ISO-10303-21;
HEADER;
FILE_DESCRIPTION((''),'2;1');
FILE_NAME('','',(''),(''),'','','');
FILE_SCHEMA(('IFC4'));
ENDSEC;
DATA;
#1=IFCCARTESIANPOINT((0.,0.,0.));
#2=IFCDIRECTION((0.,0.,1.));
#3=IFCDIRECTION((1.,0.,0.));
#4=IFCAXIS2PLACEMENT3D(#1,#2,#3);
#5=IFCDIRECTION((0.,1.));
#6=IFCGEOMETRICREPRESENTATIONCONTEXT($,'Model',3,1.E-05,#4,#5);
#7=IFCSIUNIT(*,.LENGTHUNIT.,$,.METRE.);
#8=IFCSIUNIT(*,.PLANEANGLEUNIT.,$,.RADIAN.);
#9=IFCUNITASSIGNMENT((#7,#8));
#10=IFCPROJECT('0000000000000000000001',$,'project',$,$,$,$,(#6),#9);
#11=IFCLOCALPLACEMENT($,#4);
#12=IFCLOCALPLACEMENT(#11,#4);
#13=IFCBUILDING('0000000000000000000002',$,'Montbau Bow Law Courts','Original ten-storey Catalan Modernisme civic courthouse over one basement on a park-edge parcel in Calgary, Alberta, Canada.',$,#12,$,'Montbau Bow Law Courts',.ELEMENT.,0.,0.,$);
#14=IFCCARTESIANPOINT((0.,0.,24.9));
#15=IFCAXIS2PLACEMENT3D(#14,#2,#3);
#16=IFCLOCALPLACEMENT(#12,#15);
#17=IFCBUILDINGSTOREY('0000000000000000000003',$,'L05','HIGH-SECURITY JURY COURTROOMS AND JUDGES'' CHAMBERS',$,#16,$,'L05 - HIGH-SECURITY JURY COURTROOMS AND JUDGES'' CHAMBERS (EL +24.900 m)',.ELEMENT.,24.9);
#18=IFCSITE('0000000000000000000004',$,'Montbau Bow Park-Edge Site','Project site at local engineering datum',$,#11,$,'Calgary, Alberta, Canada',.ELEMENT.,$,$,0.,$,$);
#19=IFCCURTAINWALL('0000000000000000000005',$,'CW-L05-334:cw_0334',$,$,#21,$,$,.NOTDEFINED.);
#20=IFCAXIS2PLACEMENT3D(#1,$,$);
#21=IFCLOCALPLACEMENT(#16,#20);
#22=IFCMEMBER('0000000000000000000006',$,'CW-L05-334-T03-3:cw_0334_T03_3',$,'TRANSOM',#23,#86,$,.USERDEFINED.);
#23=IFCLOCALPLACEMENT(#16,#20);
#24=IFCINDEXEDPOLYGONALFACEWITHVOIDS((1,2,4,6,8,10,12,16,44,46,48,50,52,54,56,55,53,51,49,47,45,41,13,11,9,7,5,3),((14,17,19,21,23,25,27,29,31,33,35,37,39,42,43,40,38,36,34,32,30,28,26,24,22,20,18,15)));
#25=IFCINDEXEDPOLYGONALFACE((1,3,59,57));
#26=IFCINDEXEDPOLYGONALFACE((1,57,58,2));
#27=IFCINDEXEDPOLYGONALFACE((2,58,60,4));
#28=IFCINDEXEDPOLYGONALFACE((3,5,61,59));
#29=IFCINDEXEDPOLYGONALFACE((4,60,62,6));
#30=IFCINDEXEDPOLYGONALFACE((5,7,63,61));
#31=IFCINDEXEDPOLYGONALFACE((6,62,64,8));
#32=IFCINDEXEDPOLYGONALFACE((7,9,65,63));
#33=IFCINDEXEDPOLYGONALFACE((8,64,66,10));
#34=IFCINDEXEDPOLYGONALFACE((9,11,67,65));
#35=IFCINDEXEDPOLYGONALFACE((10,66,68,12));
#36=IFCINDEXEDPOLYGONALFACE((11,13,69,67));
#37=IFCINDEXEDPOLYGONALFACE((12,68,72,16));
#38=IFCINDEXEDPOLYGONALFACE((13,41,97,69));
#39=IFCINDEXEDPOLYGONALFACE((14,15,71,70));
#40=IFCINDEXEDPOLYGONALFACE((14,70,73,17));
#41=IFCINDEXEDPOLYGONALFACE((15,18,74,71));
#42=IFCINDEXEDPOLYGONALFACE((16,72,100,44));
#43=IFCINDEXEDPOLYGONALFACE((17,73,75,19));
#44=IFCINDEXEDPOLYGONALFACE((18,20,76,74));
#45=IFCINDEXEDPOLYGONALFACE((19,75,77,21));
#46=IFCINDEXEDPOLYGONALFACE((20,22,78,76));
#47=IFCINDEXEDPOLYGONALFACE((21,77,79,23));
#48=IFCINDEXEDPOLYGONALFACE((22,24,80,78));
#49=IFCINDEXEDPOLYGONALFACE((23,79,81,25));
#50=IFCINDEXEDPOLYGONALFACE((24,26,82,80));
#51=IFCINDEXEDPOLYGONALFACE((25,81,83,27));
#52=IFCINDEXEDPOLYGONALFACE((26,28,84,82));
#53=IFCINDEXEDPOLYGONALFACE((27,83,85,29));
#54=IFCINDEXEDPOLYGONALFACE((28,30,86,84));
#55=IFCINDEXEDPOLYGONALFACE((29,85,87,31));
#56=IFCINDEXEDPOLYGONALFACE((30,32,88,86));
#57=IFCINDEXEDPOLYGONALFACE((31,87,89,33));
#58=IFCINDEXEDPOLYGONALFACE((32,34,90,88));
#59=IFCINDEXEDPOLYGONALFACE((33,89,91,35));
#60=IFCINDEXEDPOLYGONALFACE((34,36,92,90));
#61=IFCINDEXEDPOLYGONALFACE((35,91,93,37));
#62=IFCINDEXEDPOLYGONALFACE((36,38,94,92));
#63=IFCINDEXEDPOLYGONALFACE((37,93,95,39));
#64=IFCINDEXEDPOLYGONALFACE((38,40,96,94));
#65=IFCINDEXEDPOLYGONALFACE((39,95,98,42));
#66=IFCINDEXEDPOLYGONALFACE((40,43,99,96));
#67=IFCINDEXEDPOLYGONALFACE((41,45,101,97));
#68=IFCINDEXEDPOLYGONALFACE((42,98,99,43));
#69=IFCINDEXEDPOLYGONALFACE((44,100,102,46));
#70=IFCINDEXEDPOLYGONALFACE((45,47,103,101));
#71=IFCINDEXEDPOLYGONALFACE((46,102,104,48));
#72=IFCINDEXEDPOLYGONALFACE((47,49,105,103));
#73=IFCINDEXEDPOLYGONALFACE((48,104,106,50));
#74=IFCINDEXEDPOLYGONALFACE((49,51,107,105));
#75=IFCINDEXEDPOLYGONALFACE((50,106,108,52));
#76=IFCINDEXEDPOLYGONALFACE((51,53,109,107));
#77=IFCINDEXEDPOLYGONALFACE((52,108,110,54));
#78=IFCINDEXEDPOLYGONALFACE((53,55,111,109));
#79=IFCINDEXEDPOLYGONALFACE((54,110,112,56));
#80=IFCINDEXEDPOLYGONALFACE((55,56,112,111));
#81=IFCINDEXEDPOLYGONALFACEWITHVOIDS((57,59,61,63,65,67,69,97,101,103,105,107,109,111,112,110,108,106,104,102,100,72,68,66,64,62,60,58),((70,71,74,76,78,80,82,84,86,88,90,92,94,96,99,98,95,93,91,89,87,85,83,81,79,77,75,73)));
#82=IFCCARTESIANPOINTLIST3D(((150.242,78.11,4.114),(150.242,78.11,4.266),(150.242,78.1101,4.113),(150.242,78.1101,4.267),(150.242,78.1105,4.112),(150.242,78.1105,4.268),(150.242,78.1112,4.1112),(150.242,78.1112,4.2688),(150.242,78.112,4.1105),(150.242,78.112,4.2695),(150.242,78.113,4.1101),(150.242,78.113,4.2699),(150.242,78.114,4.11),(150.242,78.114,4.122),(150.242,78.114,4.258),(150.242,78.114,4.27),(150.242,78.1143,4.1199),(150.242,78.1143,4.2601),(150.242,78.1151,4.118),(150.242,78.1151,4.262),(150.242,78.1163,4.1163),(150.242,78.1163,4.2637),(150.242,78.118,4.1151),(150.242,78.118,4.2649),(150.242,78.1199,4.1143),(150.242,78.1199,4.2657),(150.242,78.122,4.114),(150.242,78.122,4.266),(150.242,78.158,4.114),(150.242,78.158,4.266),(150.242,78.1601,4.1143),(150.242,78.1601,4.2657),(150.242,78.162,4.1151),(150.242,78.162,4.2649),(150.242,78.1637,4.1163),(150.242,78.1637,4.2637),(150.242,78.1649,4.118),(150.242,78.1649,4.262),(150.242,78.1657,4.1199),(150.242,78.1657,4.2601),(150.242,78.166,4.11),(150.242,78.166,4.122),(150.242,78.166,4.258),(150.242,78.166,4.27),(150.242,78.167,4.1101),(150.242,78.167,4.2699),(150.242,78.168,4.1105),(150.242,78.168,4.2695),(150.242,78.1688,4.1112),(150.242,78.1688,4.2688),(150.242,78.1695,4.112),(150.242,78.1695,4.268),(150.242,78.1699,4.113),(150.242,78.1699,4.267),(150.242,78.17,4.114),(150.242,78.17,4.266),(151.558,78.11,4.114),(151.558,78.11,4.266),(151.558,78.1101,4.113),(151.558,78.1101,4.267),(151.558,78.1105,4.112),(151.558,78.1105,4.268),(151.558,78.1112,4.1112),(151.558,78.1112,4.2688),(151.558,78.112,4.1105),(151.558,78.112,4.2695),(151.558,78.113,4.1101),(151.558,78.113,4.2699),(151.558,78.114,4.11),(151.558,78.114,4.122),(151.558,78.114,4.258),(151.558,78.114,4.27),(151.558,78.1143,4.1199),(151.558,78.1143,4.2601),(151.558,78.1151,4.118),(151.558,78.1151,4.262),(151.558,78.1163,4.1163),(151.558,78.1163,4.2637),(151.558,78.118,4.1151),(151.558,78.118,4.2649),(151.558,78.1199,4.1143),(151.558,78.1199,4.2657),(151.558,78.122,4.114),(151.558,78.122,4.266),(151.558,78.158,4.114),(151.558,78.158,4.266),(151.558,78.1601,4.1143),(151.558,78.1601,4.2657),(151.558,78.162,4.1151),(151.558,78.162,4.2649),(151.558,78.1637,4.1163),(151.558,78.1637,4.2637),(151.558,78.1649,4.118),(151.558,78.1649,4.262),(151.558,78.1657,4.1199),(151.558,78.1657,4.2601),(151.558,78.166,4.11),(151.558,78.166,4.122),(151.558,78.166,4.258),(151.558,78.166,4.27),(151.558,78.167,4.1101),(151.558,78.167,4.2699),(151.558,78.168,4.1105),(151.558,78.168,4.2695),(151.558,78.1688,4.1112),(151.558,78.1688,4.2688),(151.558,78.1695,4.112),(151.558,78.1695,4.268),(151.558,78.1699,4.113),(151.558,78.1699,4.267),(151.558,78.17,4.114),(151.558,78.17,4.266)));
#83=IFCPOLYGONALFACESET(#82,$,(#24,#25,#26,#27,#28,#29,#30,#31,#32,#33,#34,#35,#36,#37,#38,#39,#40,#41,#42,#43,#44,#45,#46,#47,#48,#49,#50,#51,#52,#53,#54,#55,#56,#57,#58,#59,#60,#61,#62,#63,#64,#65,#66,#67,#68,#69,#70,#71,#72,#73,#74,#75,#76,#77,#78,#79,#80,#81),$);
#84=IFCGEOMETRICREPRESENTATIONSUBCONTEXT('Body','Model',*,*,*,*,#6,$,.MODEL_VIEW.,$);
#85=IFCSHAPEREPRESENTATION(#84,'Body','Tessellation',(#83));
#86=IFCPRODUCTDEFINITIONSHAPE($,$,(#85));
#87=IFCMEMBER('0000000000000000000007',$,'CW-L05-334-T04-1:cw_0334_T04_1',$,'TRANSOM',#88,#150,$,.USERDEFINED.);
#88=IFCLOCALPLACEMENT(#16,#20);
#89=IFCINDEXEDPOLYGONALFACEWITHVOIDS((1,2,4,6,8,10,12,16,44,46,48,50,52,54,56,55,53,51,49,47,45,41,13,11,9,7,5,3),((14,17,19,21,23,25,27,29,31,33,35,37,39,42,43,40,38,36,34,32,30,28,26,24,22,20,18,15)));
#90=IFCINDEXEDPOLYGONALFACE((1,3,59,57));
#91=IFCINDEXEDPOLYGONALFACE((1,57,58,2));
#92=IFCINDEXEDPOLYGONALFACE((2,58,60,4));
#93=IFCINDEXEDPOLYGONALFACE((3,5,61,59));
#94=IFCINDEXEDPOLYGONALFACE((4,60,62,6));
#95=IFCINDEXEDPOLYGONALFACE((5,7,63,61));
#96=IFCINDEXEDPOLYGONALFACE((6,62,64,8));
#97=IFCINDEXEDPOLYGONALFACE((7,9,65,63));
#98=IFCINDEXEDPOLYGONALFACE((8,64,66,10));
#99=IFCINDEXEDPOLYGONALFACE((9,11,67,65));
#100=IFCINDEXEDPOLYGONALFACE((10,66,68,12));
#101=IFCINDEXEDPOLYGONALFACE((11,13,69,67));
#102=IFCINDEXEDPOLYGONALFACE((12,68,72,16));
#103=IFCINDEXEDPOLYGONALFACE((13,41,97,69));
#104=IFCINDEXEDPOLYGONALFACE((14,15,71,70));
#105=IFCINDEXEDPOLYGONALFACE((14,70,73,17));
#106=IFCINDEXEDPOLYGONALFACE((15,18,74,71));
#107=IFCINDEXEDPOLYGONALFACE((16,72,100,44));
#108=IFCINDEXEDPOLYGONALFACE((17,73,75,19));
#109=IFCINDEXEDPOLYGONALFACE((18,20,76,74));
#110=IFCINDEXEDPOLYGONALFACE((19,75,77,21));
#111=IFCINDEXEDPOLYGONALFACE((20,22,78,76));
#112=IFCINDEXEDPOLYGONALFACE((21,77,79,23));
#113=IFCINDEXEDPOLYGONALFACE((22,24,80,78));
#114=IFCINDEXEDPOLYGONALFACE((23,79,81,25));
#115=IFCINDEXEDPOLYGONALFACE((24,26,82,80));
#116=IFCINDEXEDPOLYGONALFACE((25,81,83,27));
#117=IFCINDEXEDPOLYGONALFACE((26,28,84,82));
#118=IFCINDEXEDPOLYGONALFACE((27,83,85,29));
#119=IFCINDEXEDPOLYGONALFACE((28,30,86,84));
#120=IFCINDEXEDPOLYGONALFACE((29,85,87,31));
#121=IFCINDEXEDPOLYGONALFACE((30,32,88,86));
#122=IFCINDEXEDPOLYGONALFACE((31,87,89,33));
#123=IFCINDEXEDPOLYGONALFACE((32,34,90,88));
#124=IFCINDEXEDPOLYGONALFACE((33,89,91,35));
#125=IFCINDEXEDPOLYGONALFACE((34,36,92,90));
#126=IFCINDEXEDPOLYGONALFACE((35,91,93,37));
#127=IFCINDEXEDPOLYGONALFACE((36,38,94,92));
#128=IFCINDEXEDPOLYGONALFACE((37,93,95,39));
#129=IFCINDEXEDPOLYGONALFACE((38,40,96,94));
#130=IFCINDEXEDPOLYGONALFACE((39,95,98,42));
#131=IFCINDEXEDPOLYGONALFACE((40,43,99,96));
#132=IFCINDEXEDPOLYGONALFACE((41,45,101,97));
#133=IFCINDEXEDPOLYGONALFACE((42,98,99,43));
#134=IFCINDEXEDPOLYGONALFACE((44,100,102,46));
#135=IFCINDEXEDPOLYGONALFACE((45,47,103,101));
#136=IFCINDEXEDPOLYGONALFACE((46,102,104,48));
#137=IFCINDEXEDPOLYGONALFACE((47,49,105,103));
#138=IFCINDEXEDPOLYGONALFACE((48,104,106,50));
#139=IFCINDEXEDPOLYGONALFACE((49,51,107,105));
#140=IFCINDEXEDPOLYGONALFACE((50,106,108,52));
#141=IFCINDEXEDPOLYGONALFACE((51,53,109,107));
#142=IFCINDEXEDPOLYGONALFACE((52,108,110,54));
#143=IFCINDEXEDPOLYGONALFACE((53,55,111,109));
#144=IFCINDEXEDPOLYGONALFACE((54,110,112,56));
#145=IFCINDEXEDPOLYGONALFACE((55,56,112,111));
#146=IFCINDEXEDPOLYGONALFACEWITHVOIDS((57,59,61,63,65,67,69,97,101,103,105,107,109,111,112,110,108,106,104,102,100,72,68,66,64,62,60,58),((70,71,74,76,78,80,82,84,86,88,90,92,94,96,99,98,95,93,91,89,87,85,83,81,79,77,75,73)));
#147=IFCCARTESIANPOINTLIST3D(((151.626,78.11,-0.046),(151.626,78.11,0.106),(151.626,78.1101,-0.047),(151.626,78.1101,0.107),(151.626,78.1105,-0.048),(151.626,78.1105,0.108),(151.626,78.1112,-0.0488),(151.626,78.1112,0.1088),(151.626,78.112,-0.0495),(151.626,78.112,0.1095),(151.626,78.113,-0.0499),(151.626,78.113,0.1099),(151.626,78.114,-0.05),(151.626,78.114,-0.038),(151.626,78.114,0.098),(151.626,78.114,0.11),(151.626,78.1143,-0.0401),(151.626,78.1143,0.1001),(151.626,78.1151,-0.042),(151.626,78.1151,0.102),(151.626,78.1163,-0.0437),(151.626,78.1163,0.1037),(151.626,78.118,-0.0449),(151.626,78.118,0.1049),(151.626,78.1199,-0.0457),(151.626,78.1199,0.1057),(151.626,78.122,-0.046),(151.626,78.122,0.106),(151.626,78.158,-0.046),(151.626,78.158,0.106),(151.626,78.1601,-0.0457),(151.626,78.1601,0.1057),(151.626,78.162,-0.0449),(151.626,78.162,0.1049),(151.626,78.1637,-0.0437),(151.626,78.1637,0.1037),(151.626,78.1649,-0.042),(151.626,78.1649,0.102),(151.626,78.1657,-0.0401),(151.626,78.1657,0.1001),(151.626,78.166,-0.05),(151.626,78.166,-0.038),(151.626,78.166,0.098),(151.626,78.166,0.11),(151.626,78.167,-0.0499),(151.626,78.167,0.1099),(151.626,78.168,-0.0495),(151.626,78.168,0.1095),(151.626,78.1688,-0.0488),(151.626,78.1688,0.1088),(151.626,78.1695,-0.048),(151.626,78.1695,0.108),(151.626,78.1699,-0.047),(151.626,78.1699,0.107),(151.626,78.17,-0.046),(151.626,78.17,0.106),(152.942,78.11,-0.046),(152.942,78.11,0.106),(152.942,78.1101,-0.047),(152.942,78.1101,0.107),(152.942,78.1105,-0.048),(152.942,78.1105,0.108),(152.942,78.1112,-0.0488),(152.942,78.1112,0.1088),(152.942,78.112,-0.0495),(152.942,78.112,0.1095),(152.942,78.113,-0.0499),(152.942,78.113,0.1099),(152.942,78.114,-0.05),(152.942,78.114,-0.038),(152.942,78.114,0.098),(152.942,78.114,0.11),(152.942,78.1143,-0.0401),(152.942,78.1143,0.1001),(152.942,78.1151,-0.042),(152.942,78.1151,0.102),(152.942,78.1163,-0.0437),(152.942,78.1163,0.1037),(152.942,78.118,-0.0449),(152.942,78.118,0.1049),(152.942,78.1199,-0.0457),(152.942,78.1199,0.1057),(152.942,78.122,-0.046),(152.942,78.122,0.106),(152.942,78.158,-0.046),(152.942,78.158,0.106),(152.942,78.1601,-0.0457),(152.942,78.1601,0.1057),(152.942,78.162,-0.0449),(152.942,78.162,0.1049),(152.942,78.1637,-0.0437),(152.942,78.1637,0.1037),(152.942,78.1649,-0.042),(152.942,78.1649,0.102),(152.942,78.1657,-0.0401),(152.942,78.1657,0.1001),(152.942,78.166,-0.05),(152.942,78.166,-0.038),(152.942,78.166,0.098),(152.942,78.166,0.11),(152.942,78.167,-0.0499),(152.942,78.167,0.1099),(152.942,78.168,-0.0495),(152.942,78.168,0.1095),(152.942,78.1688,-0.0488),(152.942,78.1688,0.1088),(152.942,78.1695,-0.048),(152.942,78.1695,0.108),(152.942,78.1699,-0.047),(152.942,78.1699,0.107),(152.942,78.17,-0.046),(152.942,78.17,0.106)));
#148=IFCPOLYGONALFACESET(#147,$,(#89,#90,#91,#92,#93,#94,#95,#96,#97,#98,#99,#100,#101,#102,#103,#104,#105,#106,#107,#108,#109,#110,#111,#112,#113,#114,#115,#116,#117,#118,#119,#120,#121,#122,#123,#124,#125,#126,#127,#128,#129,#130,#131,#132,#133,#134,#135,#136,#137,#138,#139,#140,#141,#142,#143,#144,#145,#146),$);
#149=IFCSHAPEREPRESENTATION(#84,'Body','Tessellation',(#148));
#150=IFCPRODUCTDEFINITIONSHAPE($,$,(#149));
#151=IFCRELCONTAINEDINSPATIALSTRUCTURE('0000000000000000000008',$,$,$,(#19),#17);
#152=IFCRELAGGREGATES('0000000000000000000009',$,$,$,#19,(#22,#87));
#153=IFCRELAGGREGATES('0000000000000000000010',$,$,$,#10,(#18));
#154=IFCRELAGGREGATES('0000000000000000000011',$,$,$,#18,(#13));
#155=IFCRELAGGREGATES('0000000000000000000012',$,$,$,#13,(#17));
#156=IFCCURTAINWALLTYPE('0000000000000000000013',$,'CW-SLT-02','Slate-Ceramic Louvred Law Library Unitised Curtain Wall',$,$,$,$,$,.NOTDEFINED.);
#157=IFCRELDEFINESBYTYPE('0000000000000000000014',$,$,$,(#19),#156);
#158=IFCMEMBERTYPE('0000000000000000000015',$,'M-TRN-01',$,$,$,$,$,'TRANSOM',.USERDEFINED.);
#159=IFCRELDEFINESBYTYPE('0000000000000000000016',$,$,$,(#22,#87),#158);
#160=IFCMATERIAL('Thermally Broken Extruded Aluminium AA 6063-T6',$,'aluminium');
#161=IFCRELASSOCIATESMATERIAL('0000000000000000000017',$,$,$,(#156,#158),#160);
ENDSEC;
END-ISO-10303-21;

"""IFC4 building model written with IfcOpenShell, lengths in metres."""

from ifc_helpers import new_model, si_unit, direction, frame, origin_with_axes, origin_2d_with_axis, place, context, subcontext, project, spatial, hollow_rectangle, extrude, material, material_profile, profile_set, type_object, element, aggregate, save


model = new_model("IFC4")

# Units and contexts
model_context = context("Model", 3, precision=1e-05, world=origin_with_axes(), true_north=direction((0.0, 1.0)))
body_context = subcontext(model_context, "Body", "Model", "MODEL_VIEW")
ifc_project = project(units=[si_unit("LENGTHUNIT", "METRE"), si_unit("PLANEANGLEUNIT", "RADIAN")], contexts=[model_context])

# Site, building, storey
site_placement = place(None, origin_with_axes())
site = spatial("IfcSite", under=ifc_project, at=site_placement, Name="Montbau Bow Park-Edge Site", Description="Project site at local engineering datum", LongName="Calgary, Alberta, Canada", CompositionType="ELEMENT", RefElevation=0.0)
building_placement = place(site_placement, origin_with_axes())
building = spatial("IfcBuilding", under=site, at=building_placement, Name="Montbau Bow Law Courts", Description="Original ten-storey Catalan Modernisme civic courthouse over one basement on a park-edge parcel in Calgary, Alberta, Canada.", LongName="Montbau Bow Law Courts", CompositionType="ELEMENT", ElevationOfRefHeight=0.0, ElevationOfTerrain=0.0)
storey_placement = place(building_placement, frame((0.0, 0.0, 24.9), z_axis=(0.0, 0.0, 1.0), x_axis=(1.0, 0.0, 0.0)))
storey = spatial("IfcBuildingStorey", under=building, at=storey_placement, Name="L05", Description="HIGH-SECURITY JURY COURTROOMS AND JUDGES' CHAMBERS", LongName="L05 - HIGH-SECURITY JURY COURTROOMS AND JUDGES' CHAMBERS (EL +24.900 m)", CompositionType="ELEMENT", Elevation=24.9)

# Curtain wall, members
ifc_material_1 = material(Name="Thermally Broken Extruded Aluminium AA 6063-T6", Category="aluminium")
curtain_wall_type = type_object("IfcCurtainWallType", Name="CW-SLT-02", Description="Slate-Ceramic Louvred Law Library Unitised Curtain Wall", PredefinedType="NOTDEFINED", material=ifc_material_1)
curtain_wall_placement = place(None, frame((147.44, 78.14, 24.9), z_axis=(0.0, 0.0, 1.0), x_axis=(1.0, 0.0, 0.0)))
curtain_wall = element("IfcCurtainWall", 1, at=curtain_wall_placement, inside=storey, type_object=curtain_wall_type, Name="CW-L05-334:cw_0334", PredefinedType="NOTDEFINED")
ifc_material_profile_1 = material_profile(ifc_material_1, hollow_rectangle(XDim=0.06, YDim=0.16, WallThickness=0.004, InnerFilletRadius=0.008, OuterFilletRadius=0.004, at=origin_2d_with_axis()), Name="CWT-160X60", Category="Main", Priority=0)
ifc_profile_set_1 = profile_set([ifc_material_profile_1], Name="Thermally Broken Extruded Aluminium AA 6063-T6")
member_type_1 = type_object("IfcMemberType", Name="M-TRN-01", ElementType="TRANSOM", PredefinedType="USERDEFINED", material=ifc_profile_set_1)
member_1_placement = place(None, frame((150.242, 78.14, 29.09), z_axis=(1.0, 0.0, 0.0), x_axis=(0.0, 1.0, 0.0)))
member_1 = element("IfcMember", 2, at=member_1_placement, type_object=member_type_1, Name="CW-L05-334-T03-3:cw_0334_T03_3", ObjectType="TRANSOM", PredefinedType="USERDEFINED", context=body_context, shape_type="SweptSolid", body=[
    extrude(hollow_rectangle(XDim=0.06, YDim=0.16, WallThickness=0.004, InnerFilletRadius=0.008, OuterFilletRadius=0.004, at=origin_2d_with_axis()), origin_with_axes(), (0.0, 0.0, 1.0), 1.316),
])
member_2_placement = place(None, frame((151.626, 78.14, 24.93), z_axis=(1.0, 0.0, 0.0), x_axis=(0.0, 1.0, 0.0)))
member_2 = element("IfcMember", 3, at=member_2_placement, type_object=member_type_1, Name="CW-L05-334-T04-1:cw_0334_T04_1", ObjectType="TRANSOM", PredefinedType="USERDEFINED", context=body_context, shape_type="SweptSolid", body=[
    extrude(hollow_rectangle(XDim=0.06, YDim=0.16, WallThickness=0.004, InnerFilletRadius=0.008, OuterFilletRadius=0.004, at=origin_2d_with_axis()), origin_with_axes(), (0.0, 0.0, 1.0), 1.316),
])
aggregate(curtain_wall, [member_1, member_2])

save(model, "model.ifc")
